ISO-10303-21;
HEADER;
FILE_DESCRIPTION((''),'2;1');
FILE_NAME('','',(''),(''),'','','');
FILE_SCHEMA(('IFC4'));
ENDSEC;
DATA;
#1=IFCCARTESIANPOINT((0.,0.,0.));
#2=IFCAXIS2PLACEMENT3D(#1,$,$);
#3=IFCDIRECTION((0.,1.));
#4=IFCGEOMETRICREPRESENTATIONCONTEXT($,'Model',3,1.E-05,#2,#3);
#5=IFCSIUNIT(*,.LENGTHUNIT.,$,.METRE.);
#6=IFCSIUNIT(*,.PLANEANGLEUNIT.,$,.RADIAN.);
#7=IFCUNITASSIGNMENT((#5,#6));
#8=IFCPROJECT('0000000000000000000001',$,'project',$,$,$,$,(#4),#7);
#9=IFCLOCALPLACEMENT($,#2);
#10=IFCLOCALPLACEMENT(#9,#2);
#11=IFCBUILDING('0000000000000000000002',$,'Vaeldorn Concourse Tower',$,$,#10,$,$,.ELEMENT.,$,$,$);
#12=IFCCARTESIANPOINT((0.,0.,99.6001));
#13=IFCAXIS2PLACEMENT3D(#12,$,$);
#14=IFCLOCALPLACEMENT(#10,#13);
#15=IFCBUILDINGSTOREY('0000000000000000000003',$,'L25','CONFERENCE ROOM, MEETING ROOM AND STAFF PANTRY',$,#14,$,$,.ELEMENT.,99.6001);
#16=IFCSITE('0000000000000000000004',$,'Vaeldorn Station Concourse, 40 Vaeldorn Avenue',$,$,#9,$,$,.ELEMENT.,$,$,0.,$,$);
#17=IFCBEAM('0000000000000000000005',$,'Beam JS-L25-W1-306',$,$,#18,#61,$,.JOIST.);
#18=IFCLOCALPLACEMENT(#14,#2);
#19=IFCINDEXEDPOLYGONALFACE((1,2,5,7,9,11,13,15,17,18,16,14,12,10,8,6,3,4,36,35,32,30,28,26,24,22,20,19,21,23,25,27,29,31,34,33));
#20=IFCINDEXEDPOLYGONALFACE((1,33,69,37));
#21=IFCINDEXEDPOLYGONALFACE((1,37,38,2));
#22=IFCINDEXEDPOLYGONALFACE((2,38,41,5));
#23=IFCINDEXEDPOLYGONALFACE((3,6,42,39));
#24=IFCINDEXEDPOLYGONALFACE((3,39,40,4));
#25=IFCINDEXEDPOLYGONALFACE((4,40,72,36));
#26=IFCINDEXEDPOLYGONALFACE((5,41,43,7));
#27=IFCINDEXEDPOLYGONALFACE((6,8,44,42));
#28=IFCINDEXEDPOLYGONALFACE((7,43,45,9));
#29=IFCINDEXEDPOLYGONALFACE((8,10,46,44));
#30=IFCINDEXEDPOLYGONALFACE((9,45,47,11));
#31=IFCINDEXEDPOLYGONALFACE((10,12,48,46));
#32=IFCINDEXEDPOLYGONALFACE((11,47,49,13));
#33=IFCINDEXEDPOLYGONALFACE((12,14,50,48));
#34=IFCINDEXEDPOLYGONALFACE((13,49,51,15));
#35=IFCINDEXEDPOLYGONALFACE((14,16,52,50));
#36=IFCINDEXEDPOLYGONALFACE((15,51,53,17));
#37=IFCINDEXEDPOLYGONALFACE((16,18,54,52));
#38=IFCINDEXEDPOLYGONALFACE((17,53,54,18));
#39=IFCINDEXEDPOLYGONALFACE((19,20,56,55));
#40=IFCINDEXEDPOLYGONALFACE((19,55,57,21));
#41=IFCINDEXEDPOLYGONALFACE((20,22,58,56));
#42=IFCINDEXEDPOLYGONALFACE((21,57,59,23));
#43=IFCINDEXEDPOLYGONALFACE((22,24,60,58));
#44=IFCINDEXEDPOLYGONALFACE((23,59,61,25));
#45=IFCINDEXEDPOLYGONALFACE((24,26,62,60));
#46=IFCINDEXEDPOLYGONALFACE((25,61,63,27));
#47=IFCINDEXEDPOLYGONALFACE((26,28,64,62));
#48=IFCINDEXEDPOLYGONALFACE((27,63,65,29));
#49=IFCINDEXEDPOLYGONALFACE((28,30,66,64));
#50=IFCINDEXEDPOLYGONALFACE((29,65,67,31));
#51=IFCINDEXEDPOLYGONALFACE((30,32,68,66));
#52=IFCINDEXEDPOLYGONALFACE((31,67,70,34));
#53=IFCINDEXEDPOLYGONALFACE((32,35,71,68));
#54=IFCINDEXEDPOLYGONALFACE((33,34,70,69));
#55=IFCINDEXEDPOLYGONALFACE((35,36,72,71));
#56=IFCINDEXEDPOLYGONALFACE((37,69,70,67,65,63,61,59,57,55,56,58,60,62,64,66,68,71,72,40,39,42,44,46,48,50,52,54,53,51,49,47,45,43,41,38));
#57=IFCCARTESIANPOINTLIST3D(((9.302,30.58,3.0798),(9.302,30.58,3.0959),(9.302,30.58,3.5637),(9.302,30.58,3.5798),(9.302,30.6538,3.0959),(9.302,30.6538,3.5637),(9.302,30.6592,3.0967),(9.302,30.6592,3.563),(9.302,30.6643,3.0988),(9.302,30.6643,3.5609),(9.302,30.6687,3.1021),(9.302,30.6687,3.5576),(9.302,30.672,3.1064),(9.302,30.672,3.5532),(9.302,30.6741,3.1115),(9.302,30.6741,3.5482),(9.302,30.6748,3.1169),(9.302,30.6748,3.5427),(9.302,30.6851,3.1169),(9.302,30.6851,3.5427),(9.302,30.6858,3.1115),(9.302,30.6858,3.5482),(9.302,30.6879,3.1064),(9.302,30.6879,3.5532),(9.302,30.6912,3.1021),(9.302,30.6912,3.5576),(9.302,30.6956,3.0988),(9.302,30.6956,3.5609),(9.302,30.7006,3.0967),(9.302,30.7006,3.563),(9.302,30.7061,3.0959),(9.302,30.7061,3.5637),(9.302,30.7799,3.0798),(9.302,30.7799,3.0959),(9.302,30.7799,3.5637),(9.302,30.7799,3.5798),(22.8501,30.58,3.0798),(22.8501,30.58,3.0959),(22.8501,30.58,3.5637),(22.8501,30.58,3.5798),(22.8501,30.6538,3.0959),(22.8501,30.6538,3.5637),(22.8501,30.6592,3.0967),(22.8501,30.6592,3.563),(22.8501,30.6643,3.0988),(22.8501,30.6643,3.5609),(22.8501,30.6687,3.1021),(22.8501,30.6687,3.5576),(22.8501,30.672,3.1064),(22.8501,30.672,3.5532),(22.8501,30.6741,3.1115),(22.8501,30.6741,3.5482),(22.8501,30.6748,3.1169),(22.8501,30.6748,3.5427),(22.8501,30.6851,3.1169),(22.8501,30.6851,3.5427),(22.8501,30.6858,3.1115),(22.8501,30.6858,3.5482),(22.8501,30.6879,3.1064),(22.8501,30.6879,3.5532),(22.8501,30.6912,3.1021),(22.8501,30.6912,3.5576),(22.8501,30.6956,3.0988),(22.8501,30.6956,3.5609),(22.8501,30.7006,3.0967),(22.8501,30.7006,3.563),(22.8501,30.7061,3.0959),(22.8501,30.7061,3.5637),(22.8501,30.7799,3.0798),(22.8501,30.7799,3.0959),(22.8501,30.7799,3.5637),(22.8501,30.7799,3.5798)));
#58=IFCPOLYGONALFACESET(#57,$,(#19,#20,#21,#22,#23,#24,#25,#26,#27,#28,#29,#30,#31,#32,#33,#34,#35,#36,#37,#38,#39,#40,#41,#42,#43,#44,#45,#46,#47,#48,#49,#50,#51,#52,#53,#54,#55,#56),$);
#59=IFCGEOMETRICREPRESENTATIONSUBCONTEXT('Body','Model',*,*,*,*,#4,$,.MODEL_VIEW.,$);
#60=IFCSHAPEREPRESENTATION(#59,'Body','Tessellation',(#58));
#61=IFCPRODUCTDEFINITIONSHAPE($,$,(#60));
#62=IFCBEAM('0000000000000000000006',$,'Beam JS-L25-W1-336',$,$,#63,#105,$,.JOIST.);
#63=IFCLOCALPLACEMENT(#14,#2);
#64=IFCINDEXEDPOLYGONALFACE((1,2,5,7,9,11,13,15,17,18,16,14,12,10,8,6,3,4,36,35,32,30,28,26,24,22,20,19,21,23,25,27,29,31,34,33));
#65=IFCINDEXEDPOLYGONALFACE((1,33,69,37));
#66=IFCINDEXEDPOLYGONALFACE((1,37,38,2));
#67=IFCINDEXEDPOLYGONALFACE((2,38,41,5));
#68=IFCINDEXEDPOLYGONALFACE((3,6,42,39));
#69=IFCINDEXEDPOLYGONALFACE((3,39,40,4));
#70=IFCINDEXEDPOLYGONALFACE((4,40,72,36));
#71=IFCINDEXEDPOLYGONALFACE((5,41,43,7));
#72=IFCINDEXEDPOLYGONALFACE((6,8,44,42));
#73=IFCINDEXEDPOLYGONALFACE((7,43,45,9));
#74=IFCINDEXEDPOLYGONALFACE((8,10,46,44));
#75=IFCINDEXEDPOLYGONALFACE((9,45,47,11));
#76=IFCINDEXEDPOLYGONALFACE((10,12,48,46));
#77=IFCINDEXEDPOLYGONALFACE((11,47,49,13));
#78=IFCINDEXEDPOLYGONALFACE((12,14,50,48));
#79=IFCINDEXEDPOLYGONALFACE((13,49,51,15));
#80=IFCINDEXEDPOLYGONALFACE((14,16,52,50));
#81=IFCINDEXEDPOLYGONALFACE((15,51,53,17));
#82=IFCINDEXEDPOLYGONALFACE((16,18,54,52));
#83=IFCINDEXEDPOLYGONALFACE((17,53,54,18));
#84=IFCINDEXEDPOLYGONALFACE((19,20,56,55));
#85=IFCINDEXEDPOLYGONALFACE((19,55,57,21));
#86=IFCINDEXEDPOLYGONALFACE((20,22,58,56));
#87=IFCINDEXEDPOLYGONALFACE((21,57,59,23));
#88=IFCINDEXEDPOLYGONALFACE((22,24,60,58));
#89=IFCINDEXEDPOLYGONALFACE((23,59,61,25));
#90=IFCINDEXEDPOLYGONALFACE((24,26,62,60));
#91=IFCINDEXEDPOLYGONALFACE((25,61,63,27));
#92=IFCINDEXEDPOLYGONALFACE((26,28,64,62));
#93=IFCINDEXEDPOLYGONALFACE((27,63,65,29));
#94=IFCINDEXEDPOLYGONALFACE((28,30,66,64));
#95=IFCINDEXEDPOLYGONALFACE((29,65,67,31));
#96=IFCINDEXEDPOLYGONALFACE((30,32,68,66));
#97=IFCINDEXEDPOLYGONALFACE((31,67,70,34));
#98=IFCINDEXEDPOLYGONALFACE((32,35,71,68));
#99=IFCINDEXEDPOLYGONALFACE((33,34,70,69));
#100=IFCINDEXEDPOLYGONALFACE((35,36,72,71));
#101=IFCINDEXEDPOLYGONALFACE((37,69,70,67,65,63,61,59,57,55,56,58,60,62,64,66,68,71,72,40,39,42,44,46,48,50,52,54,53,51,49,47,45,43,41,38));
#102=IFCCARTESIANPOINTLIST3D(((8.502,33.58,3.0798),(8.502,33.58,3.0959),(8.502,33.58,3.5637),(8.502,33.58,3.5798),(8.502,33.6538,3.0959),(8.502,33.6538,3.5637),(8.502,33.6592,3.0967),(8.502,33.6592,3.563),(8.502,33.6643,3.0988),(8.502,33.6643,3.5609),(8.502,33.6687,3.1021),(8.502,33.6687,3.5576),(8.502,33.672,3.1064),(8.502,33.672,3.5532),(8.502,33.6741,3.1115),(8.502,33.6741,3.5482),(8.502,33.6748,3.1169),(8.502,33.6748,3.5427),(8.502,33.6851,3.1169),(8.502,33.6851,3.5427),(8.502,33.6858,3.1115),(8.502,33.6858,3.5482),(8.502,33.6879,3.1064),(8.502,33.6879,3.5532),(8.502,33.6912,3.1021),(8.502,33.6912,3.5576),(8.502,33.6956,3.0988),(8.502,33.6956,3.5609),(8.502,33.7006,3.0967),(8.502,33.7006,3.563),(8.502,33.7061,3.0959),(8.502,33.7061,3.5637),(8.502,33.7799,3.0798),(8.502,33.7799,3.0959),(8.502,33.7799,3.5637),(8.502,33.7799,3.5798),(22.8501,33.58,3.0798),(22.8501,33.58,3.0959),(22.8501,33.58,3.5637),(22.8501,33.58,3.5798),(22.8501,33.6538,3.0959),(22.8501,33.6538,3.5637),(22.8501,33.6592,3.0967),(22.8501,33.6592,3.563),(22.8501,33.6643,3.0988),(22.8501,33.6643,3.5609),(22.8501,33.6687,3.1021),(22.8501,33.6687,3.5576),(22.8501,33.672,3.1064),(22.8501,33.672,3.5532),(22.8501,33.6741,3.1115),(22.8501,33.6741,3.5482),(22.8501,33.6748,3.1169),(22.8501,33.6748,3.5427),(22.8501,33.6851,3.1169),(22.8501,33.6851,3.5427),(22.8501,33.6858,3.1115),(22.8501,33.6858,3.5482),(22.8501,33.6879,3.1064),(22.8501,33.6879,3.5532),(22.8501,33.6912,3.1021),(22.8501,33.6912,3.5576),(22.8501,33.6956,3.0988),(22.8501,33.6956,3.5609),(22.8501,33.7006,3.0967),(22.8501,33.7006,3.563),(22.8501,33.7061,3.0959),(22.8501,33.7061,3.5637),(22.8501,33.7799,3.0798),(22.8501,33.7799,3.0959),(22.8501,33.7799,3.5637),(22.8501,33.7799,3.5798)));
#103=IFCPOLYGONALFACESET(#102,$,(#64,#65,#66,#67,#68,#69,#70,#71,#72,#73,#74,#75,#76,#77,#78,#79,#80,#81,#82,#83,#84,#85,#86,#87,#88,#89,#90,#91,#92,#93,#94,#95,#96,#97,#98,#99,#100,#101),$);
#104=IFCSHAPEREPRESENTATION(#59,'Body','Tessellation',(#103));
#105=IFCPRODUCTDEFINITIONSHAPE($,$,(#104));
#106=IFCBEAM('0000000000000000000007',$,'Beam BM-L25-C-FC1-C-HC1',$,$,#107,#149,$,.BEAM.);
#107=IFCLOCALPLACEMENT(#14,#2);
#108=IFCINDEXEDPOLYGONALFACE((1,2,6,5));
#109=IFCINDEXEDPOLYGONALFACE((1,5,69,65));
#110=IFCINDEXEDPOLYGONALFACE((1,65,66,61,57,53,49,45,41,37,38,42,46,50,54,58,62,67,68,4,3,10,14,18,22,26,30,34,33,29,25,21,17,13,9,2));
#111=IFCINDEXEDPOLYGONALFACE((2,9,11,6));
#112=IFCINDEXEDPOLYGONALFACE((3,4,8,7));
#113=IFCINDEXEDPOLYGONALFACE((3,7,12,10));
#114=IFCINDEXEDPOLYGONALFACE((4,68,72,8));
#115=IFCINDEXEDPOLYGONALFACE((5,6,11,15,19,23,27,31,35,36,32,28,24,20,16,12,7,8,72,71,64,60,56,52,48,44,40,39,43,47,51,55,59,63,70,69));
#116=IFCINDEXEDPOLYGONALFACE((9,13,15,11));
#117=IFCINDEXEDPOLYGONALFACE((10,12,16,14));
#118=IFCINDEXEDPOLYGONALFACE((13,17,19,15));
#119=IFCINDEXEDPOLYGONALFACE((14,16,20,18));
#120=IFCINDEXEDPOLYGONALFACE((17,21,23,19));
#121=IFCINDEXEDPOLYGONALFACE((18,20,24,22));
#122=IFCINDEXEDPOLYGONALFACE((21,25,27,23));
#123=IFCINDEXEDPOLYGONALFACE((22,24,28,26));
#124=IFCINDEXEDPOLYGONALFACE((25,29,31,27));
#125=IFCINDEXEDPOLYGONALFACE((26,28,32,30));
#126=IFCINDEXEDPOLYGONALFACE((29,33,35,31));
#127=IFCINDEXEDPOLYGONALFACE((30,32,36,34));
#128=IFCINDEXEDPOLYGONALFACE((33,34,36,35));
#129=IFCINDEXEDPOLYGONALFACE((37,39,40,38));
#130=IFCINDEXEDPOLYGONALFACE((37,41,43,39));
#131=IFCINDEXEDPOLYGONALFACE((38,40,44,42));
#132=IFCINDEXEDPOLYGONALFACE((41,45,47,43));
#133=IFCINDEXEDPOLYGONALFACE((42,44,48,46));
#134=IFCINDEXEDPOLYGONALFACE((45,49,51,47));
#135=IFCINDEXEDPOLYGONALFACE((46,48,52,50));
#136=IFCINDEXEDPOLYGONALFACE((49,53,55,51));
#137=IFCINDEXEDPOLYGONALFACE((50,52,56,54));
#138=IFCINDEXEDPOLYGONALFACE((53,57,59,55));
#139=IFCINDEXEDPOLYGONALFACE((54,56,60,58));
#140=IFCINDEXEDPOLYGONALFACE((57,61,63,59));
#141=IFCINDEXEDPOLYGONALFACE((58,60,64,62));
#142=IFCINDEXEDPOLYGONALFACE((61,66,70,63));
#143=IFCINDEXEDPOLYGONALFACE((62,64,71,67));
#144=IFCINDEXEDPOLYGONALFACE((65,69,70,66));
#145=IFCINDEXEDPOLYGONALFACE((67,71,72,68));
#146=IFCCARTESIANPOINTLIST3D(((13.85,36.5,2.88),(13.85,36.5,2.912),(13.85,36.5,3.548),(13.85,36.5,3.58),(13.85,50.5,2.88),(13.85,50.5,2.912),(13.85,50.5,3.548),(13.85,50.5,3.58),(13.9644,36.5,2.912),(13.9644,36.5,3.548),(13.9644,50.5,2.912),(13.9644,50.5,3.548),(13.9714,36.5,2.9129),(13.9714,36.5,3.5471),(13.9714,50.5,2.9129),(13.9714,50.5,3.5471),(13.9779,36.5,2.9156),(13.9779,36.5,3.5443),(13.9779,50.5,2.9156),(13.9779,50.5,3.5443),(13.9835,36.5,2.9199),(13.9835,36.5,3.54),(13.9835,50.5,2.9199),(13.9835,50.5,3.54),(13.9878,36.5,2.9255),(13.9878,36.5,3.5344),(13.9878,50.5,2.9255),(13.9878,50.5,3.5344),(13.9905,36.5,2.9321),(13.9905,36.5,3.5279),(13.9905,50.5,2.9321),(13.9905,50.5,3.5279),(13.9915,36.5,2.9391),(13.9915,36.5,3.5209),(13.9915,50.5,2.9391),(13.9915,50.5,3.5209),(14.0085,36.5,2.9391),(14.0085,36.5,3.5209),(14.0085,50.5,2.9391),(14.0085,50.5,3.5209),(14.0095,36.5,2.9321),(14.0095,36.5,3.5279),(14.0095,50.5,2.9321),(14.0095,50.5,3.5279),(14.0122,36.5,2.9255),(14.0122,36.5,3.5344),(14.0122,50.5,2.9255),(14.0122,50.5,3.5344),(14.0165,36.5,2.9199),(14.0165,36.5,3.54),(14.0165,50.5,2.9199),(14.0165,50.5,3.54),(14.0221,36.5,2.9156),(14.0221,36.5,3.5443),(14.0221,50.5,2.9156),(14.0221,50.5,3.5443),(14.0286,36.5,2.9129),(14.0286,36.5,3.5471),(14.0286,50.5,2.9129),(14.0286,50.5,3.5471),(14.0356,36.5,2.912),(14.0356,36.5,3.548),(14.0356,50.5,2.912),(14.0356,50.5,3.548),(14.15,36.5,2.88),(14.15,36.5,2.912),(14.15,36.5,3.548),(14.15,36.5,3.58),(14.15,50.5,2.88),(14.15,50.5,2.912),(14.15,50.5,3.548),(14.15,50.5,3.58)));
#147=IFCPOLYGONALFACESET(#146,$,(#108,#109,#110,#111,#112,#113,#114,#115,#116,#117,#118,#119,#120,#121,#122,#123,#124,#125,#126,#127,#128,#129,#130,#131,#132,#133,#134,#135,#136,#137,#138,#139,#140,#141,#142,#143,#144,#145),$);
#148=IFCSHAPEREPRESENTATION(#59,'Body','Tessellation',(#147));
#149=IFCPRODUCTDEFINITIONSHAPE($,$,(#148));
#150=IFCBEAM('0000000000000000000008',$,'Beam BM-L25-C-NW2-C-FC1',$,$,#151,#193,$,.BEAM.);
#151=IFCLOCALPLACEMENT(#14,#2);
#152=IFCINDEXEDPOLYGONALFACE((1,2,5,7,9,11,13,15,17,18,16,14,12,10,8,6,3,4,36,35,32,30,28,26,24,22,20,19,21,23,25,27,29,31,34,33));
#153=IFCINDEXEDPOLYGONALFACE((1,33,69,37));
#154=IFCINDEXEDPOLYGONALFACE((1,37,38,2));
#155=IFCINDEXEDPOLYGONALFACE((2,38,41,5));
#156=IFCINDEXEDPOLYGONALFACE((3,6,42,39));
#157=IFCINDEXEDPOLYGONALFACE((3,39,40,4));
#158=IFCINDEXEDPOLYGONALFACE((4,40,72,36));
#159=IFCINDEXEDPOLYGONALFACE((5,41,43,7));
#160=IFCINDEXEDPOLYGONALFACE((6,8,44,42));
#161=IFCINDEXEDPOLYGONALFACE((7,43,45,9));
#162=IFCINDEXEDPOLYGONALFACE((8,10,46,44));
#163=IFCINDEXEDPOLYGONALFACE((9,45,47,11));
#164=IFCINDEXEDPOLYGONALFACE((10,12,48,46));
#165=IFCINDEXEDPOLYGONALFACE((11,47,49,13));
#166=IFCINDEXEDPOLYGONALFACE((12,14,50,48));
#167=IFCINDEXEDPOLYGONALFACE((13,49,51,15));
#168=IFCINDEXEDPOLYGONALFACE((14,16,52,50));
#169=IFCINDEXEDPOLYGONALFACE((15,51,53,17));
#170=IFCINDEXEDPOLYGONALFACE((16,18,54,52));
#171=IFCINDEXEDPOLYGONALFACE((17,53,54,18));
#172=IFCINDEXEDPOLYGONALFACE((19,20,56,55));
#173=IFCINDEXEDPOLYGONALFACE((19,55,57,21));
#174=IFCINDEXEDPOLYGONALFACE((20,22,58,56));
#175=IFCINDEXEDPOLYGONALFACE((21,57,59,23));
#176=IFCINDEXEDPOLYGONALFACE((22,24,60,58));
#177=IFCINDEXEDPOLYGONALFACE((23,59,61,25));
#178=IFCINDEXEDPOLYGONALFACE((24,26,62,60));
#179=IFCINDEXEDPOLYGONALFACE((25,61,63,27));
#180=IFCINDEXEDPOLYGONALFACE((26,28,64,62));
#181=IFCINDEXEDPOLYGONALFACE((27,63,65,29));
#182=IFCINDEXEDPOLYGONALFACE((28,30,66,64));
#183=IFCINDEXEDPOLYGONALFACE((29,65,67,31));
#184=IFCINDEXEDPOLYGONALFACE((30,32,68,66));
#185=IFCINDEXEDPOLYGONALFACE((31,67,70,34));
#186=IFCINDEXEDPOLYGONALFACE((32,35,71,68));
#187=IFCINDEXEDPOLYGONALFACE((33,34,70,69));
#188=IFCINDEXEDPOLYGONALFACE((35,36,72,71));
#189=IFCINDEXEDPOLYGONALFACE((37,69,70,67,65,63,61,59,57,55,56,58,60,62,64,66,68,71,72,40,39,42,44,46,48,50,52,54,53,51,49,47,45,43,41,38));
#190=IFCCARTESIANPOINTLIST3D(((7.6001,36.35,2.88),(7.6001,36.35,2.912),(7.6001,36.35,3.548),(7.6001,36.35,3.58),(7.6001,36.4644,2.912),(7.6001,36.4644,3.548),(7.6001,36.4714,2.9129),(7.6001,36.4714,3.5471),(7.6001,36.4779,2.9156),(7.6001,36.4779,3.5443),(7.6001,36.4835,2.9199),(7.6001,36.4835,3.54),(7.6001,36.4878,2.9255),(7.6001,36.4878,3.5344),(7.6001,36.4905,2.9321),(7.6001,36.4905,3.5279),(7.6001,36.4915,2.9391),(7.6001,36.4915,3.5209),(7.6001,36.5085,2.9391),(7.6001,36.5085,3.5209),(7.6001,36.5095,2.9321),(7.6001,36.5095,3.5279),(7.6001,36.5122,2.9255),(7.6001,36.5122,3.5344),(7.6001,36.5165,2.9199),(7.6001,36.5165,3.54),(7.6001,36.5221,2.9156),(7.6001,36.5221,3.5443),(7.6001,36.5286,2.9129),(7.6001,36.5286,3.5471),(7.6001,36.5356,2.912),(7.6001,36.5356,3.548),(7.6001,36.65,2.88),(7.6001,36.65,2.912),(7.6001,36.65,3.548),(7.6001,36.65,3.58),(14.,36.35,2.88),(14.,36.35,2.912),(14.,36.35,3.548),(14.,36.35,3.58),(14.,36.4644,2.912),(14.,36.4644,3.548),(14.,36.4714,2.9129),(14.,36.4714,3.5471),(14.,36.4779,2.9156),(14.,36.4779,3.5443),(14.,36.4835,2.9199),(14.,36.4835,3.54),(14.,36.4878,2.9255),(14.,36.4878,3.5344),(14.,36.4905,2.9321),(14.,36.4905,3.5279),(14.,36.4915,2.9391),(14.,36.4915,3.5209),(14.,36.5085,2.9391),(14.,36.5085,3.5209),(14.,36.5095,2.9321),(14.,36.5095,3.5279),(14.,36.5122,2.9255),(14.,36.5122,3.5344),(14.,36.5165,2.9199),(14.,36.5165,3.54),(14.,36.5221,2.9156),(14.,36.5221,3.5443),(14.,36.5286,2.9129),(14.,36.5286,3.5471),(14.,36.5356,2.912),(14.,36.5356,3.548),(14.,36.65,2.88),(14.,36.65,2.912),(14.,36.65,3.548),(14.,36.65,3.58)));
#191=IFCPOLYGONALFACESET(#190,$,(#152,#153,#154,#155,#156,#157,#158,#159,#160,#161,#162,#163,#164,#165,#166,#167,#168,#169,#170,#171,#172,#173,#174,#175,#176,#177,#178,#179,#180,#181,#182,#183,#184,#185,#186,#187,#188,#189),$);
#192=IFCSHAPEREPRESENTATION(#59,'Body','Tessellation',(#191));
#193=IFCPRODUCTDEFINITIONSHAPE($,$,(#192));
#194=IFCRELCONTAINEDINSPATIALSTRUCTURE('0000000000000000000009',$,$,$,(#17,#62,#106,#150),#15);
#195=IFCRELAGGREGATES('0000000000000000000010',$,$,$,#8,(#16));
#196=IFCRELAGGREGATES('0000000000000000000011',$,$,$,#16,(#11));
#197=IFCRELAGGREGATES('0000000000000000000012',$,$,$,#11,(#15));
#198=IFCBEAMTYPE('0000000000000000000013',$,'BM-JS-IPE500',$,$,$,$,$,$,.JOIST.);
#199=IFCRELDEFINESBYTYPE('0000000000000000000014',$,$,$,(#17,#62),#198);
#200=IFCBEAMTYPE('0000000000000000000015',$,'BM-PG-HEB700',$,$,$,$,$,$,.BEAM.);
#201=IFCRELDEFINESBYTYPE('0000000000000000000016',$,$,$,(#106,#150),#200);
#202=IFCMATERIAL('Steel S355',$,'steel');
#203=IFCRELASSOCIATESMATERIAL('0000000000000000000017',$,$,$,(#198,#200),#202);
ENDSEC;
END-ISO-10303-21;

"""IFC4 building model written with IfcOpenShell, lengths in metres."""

from ifc_helpers import new_model, si_unit, direction, frame, origin, origin_2d, place, context, subcontext, project, spatial, i_section, extrude, source, transform, mapped, material, material_profile, profile_set, type_object, element, save


model = new_model("IFC4")

# Units and contexts
model_context = context("Model", 3, precision=1e-05, world=origin(), true_north=direction((0.0, 1.0)))
body_context = subcontext(model_context, "Body", "Model", "MODEL_VIEW")
ifc_project = project(units=[si_unit("LENGTHUNIT", "METRE"), si_unit("PLANEANGLEUNIT", "RADIAN")], contexts=[model_context])

# Site, building, storey
site_placement = place(None, origin())
site = spatial("IfcSite", under=ifc_project, at=site_placement, Name="Vaeldorn Station Concourse, 40 Vaeldorn Avenue", CompositionType="ELEMENT", RefElevation=0.0)
building_placement = place(site_placement, origin())
building = spatial("IfcBuilding", under=site, at=building_placement, Name="Vaeldorn Concourse Tower", CompositionType="ELEMENT")
storey_placement = place(building_placement, frame((0.0, 0.0, 99.6001)))
storey = spatial("IfcBuildingStorey", under=building, at=storey_placement, Name="L25", Description="CONFERENCE ROOM, MEETING ROOM AND STAFF PANTRY", CompositionType="ELEMENT", Elevation=99.6001)

# Beams
ifc_material_1 = material(Name="Steel S355", Category="steel")
ifc_material_profile_1 = material_profile(ifc_material_1, i_section(OverallWidth=0.2, OverallDepth=0.5, WebThickness=0.0103, FlangeThickness=0.0161, FilletRadius=0.021, at=origin_2d()), Name="IPE 500")
ifc_profile_set_1 = profile_set([ifc_material_profile_1], Name="Steel S355")
beam_type_1 = type_object("IfcBeamType", Name="BM-JS-IPE500", PredefinedType="JOIST", material=ifc_profile_set_1)
shared_shape_1 = source(origin(), body_context, "Body", "SweptSolid", [
    extrude(i_section(OverallWidth=0.2, OverallDepth=0.5, WebThickness=0.0103, FlangeThickness=0.0161, FilletRadius=0.021, at=origin_2d()), origin(), (0.0, 0.0, 1.0), 13.5481),
])
beam_1_placement = place(storey_placement, frame((9.302, 30.6799, 3.3298), z_axis=(1.0, 0.0, 0.0), x_axis=(0.0, 1.0, 0.0)))
element("IfcBeam", 1, at=beam_1_placement, inside=storey, type_object=beam_type_1, Name="Beam JS-L25-W1-306", PredefinedType="JOIST", context=body_context, shape_type="MappedRepresentation", body=[
    mapped(shared_shape_1, transform((0.0, 0.0, 0.0), scale=1.0)),
])
shared_shape_2 = source(origin(), body_context, "Body", "SweptSolid", [
    extrude(i_section(OverallWidth=0.2, OverallDepth=0.5, WebThickness=0.0103, FlangeThickness=0.0161, FilletRadius=0.021, at=origin_2d()), origin(), (0.0, 0.0, 1.0), 14.3481),
])
beam_2_placement = place(storey_placement, frame((8.502, 33.6799, 3.3298), z_axis=(1.0, 0.0, 0.0), x_axis=(0.0, 1.0, 0.0)))
element("IfcBeam", 2, at=beam_2_placement, inside=storey, type_object=beam_type_1, Name="Beam JS-L25-W1-336", PredefinedType="JOIST", context=body_context, shape_type="MappedRepresentation", body=[
    mapped(shared_shape_2, transform((0.0, 0.0, 0.0), scale=1.0)),
])
ifc_material_profile_2 = material_profile(ifc_material_1, i_section(OverallWidth=0.3, OverallDepth=0.7, WebThickness=0.0171, FlangeThickness=0.032, FilletRadius=0.0271, at=origin_2d()), Name="HEB 700")
ifc_profile_set_2 = profile_set([ifc_material_profile_2], Name="Steel S355")
beam_type_2 = type_object("IfcBeamType", Name="BM-PG-HEB700", PredefinedType="BEAM", material=ifc_profile_set_2)
shared_shape_3 = source(origin(), body_context, "Body", "SweptSolid", [
    extrude(i_section(OverallWidth=0.3, OverallDepth=0.7, WebThickness=0.0171, FlangeThickness=0.032, FilletRadius=0.0271, at=origin_2d()), origin(), (0.0, 0.0, 1.0), 14.0),
])
beam_3_placement = place(storey_placement, frame((14.0, 36.5, 3.23), z_axis=(0.0, 1.0, 0.0), x_axis=(-1.0, 0.0, 0.0)))
element("IfcBeam", 3, at=beam_3_placement, inside=storey, type_object=beam_type_2, Name="Beam BM-L25-C-FC1-C-HC1", PredefinedType="BEAM", context=body_context, shape_type="MappedRepresentation", body=[
    mapped(shared_shape_3, transform((0.0, 0.0, 0.0), scale=1.0)),
])
shared_shape_4 = source(origin(), body_context, "Body", "SweptSolid", [
    extrude(i_section(OverallWidth=0.3, OverallDepth=0.7, WebThickness=0.0171, FlangeThickness=0.032, FilletRadius=0.0271, at=origin_2d()), origin(), (0.0, 0.0, 1.0), 6.3999),
])
beam_4_placement = place(storey_placement, frame((7.6001, 36.5, 3.23), z_axis=(1.0, 0.0, 0.0), x_axis=(0.0, 1.0, 0.0)))
element("IfcBeam", 4, at=beam_4_placement, inside=storey, type_object=beam_type_2, Name="Beam BM-L25-C-NW2-C-FC1", PredefinedType="BEAM", context=body_context, shape_type="MappedRepresentation", body=[
    mapped(shared_shape_4, transform((0.0, 0.0, 0.0), scale=1.0)),
])

save(model, "model.ifc")
